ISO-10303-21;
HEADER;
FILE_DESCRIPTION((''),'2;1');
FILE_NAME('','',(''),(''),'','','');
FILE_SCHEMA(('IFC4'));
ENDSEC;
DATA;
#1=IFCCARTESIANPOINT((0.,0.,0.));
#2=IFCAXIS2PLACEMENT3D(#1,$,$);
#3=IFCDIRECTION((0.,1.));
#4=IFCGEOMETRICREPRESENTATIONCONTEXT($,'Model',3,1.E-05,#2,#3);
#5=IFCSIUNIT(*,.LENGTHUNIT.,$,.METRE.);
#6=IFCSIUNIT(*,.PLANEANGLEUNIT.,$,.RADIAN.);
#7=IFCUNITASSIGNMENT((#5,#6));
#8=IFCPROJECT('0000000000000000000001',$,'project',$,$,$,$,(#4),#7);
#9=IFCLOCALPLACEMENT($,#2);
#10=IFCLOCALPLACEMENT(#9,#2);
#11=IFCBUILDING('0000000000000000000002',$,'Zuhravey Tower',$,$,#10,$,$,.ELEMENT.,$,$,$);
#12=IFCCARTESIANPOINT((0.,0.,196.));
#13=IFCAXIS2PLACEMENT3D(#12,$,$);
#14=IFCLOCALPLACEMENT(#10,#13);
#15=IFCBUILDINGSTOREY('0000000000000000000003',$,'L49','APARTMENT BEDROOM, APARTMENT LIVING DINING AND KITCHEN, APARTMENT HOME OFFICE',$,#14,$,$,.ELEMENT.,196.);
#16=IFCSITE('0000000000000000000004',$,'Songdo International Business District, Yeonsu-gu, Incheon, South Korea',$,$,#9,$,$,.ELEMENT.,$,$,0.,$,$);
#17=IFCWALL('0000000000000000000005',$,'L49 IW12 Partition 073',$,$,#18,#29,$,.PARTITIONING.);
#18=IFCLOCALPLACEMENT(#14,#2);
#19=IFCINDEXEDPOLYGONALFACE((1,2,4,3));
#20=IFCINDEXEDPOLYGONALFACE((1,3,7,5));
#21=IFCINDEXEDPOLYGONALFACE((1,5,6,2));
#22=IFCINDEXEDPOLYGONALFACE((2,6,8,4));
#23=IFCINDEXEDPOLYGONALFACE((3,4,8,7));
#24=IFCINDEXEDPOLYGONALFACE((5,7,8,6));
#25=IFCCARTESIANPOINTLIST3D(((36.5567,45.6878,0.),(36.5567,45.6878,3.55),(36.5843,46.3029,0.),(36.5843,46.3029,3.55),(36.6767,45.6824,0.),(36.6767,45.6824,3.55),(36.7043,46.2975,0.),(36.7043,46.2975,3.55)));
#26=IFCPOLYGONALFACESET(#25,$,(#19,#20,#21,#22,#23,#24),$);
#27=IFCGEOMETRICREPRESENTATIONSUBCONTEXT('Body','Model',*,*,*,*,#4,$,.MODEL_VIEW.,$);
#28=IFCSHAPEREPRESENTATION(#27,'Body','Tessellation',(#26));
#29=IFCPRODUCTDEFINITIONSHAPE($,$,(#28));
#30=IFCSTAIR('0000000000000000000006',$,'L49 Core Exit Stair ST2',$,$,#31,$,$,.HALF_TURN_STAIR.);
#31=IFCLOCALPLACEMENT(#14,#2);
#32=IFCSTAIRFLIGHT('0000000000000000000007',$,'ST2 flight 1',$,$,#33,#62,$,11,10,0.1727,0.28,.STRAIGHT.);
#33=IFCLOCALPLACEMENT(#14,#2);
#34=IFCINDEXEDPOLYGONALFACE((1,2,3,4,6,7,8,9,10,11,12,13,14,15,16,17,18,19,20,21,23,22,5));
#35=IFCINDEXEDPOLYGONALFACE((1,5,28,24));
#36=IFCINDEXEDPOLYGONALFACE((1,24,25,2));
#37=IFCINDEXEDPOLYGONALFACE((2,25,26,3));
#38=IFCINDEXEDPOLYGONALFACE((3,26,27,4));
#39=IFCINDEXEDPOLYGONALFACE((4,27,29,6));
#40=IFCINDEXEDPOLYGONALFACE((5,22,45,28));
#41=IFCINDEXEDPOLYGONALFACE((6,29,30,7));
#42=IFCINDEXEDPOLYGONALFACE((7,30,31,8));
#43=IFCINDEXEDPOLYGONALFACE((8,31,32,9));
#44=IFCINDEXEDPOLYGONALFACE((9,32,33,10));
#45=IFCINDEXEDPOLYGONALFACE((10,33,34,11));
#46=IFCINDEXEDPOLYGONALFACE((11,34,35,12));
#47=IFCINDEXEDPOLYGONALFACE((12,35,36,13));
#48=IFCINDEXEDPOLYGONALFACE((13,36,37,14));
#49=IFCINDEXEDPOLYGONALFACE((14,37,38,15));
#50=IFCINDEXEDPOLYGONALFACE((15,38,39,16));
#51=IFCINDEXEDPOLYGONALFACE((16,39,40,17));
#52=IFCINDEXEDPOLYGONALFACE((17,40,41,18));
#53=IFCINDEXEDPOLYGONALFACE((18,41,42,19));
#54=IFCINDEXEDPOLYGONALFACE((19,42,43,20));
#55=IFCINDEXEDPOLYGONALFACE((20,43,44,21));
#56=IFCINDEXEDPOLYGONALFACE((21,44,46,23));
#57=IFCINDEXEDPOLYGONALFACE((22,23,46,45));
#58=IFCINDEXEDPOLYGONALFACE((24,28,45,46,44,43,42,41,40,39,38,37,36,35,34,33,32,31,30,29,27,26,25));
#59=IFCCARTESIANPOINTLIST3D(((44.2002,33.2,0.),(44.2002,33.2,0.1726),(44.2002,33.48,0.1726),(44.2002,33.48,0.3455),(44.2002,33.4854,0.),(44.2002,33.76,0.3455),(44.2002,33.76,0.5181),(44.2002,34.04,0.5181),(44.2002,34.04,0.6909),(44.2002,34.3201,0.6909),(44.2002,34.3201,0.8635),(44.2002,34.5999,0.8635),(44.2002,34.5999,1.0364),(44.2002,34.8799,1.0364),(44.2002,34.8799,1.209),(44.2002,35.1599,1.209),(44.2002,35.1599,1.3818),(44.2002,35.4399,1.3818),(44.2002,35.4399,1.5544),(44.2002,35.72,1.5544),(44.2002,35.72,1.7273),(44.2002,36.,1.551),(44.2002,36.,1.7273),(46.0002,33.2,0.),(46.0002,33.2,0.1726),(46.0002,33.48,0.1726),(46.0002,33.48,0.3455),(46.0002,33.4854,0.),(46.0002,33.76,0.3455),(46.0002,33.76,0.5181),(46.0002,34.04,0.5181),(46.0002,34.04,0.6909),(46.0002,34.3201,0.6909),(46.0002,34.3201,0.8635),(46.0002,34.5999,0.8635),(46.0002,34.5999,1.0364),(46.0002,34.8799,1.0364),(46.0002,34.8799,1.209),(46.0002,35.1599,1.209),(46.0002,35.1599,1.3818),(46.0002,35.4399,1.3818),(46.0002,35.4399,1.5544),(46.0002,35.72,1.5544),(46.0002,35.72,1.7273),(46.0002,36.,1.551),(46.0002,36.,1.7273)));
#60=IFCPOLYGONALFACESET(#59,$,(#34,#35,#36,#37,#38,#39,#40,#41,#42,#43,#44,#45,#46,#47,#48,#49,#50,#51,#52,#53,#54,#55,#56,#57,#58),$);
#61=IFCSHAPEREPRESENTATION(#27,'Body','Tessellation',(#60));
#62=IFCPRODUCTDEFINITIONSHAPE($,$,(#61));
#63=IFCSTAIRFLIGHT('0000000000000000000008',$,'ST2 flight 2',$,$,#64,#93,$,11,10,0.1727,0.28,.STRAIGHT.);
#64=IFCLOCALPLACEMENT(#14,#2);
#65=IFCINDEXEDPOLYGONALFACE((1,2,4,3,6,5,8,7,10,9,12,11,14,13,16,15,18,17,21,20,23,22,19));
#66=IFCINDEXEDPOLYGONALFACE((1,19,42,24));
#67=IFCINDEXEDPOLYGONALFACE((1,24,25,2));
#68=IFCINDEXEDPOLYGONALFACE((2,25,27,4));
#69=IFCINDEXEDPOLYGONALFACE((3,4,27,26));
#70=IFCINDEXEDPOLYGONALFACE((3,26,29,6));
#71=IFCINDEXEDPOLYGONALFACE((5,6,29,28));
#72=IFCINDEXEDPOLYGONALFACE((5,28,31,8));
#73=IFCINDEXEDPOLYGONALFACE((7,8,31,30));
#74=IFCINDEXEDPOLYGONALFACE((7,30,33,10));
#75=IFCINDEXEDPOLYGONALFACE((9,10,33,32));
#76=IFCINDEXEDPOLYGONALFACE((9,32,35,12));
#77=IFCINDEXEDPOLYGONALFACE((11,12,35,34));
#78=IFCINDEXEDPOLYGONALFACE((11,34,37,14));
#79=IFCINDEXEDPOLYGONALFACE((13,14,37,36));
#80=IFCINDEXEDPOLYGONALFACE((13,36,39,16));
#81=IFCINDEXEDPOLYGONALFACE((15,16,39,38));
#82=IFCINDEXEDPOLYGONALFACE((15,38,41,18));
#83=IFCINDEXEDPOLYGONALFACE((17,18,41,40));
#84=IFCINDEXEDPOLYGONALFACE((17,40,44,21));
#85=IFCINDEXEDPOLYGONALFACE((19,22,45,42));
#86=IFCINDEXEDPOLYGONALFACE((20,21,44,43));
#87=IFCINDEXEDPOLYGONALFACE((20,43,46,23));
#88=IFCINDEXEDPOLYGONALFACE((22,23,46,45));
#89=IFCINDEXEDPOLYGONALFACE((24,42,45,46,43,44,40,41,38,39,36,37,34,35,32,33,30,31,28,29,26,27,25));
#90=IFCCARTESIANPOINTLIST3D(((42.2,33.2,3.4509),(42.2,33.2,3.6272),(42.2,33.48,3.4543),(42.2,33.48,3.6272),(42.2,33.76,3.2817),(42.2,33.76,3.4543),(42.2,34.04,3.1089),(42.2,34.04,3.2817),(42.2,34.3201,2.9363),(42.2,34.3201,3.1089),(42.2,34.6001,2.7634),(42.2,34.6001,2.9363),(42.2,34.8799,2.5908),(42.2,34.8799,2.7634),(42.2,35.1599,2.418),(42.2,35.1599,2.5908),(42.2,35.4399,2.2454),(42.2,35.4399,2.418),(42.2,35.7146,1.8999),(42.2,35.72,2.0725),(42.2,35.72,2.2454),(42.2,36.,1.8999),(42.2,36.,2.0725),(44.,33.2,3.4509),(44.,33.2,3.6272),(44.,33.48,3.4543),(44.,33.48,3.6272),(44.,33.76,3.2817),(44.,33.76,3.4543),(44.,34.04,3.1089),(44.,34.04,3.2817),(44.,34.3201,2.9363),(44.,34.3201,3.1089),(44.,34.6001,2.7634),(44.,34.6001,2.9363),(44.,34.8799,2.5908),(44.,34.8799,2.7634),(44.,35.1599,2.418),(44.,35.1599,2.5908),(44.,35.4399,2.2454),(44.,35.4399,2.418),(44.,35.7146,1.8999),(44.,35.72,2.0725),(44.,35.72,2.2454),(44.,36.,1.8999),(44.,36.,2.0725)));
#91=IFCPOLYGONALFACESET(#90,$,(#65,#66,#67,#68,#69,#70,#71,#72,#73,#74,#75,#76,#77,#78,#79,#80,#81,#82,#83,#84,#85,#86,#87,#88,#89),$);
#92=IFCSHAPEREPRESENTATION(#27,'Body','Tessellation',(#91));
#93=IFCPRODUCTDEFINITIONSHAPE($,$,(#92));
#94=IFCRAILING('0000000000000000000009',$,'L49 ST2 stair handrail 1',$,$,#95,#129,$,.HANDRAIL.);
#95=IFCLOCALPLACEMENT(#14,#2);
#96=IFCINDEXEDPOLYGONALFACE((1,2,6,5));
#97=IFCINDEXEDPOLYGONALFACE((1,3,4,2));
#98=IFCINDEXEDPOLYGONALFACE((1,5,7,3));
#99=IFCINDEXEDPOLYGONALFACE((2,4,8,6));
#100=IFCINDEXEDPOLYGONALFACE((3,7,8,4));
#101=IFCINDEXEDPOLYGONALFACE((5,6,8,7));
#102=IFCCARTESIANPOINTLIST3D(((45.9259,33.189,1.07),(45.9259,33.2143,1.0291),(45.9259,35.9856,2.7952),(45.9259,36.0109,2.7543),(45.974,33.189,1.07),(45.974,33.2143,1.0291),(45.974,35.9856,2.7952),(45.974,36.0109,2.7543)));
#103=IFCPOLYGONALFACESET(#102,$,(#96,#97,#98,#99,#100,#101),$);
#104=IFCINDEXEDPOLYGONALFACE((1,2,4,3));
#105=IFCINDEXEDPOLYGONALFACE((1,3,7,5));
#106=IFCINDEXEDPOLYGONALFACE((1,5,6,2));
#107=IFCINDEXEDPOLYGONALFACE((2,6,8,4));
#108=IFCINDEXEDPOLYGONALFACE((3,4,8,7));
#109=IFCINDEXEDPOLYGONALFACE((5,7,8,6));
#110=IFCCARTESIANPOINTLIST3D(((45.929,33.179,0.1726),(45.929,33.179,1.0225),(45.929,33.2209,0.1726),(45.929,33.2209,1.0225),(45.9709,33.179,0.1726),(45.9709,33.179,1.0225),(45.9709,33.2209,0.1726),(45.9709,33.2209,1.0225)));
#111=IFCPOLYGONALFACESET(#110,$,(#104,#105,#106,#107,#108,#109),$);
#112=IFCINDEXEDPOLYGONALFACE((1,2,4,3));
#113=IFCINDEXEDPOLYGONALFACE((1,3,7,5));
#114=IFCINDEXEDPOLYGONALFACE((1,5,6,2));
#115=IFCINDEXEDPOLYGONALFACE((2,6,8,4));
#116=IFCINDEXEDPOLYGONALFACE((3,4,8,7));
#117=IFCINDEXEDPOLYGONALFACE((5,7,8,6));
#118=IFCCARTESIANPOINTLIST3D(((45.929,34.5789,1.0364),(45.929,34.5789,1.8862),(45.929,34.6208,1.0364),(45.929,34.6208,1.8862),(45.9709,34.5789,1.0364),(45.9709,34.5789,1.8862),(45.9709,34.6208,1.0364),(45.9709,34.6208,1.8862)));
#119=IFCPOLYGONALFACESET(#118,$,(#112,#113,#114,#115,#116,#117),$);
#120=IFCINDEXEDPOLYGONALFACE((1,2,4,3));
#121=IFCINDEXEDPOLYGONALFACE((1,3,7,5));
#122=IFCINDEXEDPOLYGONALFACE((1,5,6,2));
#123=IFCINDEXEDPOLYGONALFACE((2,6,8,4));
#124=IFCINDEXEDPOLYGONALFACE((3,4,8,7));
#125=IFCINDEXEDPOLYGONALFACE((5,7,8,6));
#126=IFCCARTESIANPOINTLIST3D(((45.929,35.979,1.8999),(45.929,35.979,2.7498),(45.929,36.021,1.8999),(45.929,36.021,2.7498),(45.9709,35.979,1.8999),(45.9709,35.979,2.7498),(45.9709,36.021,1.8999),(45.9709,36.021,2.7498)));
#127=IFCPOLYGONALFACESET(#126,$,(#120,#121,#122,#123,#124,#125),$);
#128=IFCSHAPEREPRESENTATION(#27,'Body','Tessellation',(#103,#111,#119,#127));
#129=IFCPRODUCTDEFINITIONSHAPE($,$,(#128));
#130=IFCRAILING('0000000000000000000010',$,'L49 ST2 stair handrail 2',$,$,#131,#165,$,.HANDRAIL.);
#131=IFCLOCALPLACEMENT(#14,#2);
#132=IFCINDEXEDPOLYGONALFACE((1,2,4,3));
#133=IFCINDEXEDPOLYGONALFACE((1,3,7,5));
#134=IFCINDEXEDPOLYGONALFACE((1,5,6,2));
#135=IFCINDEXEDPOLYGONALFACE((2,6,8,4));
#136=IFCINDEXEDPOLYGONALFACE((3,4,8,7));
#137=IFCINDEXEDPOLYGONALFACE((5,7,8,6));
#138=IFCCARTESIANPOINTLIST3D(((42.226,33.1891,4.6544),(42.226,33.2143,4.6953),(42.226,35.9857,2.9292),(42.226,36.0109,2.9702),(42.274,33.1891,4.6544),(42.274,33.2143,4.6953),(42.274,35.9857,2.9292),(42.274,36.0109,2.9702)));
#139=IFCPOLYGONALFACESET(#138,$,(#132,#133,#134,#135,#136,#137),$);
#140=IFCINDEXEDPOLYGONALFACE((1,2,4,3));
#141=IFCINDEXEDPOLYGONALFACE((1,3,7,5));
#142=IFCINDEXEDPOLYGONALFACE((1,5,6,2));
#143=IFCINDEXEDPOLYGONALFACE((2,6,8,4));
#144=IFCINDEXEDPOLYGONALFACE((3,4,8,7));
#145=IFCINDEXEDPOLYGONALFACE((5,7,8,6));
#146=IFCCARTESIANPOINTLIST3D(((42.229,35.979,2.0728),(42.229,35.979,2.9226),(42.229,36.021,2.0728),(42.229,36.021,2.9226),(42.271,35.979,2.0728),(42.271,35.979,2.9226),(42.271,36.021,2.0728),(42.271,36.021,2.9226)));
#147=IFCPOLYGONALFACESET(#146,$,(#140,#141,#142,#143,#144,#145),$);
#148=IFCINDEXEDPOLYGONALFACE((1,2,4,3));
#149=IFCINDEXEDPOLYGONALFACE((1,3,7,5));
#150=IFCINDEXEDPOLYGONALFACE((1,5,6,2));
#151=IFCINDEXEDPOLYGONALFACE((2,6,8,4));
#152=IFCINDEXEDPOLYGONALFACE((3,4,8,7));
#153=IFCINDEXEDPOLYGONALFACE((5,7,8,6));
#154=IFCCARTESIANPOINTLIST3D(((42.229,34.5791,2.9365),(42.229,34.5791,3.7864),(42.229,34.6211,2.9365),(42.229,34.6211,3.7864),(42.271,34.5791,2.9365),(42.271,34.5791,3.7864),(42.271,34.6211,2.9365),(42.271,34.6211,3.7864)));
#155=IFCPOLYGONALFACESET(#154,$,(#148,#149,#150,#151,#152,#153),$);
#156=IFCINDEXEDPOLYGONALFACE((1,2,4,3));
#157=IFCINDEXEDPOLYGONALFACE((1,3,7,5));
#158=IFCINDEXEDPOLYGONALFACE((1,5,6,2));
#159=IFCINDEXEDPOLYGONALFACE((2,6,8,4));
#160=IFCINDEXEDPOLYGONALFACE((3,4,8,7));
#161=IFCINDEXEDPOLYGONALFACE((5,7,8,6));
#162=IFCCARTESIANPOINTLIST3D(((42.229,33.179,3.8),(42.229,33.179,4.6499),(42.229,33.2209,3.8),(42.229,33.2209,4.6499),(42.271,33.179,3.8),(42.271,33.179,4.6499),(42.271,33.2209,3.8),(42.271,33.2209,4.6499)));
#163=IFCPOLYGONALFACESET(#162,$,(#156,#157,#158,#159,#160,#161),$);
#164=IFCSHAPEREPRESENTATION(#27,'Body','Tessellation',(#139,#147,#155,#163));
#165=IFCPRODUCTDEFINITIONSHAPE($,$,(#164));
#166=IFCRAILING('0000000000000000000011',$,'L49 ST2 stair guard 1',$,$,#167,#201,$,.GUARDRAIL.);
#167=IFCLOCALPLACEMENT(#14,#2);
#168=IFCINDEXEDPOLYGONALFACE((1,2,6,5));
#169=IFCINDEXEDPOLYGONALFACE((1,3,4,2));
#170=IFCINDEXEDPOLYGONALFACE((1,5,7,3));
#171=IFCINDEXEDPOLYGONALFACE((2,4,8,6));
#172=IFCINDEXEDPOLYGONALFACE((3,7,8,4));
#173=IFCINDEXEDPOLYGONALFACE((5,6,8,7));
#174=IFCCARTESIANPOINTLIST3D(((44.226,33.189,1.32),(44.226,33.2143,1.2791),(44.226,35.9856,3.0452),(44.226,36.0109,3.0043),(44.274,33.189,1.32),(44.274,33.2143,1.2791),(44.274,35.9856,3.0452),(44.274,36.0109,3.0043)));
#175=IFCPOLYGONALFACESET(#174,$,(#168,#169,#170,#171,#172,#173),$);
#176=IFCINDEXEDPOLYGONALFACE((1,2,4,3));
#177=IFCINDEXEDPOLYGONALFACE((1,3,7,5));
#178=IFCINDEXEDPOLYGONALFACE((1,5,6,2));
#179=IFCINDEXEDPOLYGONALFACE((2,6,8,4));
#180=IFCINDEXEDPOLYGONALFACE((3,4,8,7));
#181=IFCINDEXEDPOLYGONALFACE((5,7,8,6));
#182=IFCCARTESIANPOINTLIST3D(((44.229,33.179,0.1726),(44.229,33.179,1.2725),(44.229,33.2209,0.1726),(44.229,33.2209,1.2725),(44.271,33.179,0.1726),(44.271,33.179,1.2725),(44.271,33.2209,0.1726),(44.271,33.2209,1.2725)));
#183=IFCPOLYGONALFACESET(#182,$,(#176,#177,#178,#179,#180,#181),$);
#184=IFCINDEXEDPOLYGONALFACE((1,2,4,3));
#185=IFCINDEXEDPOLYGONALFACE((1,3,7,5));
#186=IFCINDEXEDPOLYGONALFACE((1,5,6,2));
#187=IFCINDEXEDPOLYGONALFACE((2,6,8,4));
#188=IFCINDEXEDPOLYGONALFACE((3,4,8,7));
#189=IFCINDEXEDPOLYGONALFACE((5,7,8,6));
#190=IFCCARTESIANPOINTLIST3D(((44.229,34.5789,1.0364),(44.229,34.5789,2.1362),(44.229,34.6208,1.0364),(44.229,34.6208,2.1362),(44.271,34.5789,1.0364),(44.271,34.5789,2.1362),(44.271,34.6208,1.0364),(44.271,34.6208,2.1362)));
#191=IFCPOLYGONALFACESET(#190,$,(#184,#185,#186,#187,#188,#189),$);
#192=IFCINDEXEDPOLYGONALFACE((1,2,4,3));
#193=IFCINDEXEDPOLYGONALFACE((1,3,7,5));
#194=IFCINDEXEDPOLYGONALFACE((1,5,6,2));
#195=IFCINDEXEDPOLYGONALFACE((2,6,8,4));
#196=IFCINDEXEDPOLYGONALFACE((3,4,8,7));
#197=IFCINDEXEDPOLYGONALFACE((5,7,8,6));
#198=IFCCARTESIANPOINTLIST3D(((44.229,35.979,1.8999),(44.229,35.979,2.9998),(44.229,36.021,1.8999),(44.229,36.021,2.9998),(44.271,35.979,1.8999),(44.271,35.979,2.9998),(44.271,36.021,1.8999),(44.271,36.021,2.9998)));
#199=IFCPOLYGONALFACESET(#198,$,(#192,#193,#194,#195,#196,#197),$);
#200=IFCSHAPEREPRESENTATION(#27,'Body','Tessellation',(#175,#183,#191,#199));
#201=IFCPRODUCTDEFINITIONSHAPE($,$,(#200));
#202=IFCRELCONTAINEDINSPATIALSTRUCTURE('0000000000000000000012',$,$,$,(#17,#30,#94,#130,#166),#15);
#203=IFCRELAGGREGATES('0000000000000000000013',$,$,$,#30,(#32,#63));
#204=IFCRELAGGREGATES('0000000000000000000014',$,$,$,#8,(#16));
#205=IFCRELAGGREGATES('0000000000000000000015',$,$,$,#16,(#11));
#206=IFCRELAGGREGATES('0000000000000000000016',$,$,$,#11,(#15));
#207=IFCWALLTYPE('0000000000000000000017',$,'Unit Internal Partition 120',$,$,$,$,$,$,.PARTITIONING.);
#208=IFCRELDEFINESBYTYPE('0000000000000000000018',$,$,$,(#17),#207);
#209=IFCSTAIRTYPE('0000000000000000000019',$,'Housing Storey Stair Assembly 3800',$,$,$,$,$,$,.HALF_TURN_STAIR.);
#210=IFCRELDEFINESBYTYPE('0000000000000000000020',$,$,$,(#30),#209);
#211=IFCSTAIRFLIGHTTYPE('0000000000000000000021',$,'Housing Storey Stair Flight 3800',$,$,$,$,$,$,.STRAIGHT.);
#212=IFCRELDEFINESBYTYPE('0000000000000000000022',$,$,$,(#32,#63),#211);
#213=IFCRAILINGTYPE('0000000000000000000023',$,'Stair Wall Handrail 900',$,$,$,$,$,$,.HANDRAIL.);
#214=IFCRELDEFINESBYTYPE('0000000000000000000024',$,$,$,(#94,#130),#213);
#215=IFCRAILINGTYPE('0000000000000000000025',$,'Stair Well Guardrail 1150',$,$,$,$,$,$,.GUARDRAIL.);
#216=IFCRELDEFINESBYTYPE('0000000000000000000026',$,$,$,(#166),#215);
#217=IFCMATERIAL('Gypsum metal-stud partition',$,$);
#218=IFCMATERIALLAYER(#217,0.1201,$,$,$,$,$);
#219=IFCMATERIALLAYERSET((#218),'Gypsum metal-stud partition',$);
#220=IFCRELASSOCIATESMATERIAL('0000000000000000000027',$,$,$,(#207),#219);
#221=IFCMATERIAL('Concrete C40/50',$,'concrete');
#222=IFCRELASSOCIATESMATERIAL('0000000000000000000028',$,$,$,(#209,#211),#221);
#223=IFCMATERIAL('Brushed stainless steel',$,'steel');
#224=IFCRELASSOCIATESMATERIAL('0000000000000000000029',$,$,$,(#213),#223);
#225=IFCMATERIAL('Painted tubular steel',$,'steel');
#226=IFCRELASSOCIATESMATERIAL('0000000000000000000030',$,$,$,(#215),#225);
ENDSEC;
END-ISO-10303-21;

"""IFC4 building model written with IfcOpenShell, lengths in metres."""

from ifc_helpers import new_model, si_unit, direction, frame, frame_2d, origin, origin_2d, place, context, subcontext, project, spatial, polyline, rectangle, outline, extrude, material, layer, layer_set, type_object, element, aggregate, save


model = new_model("IFC4")

# Units and contexts
model_context = context("Model", 3, precision=1e-05, world=origin(), true_north=direction((0.0, 1.0)))
body_context = subcontext(model_context, "Body", "Model", "MODEL_VIEW")
ifc_project = project(units=[si_unit("LENGTHUNIT", "METRE"), si_unit("PLANEANGLEUNIT", "RADIAN")], contexts=[model_context])

# Site, building, storey
site_placement = place(None, origin())
site = spatial("IfcSite", under=ifc_project, at=site_placement, Name="Songdo International Business District, Yeonsu-gu, Incheon, South Korea", CompositionType="ELEMENT", RefElevation=0.0)
building_placement = place(site_placement, origin())
building = spatial("IfcBuilding", under=site, at=building_placement, Name="Zuhravey Tower", CompositionType="ELEMENT")
storey_placement = place(building_placement, frame((0.0, 0.0, 196.0)))
storey = spatial("IfcBuildingStorey", under=building, at=storey_placement, Name="L49", Description="APARTMENT BEDROOM, APARTMENT LIVING DINING AND KITCHEN, APARTMENT HOME OFFICE", CompositionType="ELEMENT", Elevation=196.0)

# Wall
ifc_material_1 = material(Name="Gypsum metal-stud partition")
ifc_layer_1 = layer(ifc_material_1, 0.1201)
ifc_layer_set_1 = layer_set([ifc_layer_1], Name="Gypsum metal-stud partition")
wall_type_1 = type_object("IfcWallType", Name="Unit Internal Partition 120", PredefinedType="PARTITIONING", material=ifc_layer_set_1)
wall_1_placement = place(storey_placement, frame((36.6167, 45.6851, 0.0), z_axis=(0.0, 0.0, 1.0), x_axis=(0.044814, 0.998995, 0.0)))
element("IfcWall", 1, at=wall_1_placement, inside=storey, type_object=wall_type_1, Name="L49 IW12 Partition 073", PredefinedType="PARTITIONING", context=body_context, shape_type="SweptSolid", body=[
    extrude(rectangle(XDim=0.6157, YDim=0.1201, at=frame_2d((0.3079, 0.0))), origin(), (0.0, 0.0, 1.0), 3.55),
])

# Stair, stair flights
ifc_material_2 = material(Name="Concrete C40/50", Category="concrete")
stair_type = type_object("IfcStairType", Name="Housing Storey Stair Assembly 3800", PredefinedType="HALF_TURN_STAIR", material=ifc_material_2)
stair_placement = place(storey_placement, origin())
stair = element("IfcStair", 2, at=stair_placement, inside=storey, type_object=stair_type, Name="L49 Core Exit Stair ST2", PredefinedType="HALF_TURN_STAIR")
stair_flight_type = type_object("IfcStairFlightType", Name="Housing Storey Stair Flight 3800", PredefinedType="STRAIGHT", material=ifc_material_2)
stair_flight_1_placement = place(storey_placement, frame((45.1001, 33.2, 0.0), z_axis=(0.0, 0.0, 1.0), x_axis=(0.0, 1.0, 0.0)))
stair_flight_1 = element("IfcStairFlight", 3, at=stair_flight_1_placement, type_object=stair_flight_type, Name="ST2 flight 1", NumberOfRisers=11, NumberOfTreads=10, PredefinedType="STRAIGHT", RiserHeight=0.1727, TreadLength=0.28, context=body_context, shape_type="SweptSolid", body=[
    extrude(outline(polyline([(0.0, 0.0), (0.0, 0.1726), (0.28, 0.1726), (0.28, 0.3455), (0.5601, 0.3455), (0.5601, 0.5181), (0.8401, 0.5181), (0.8401, 0.6909), (1.1201, 0.6909), (1.1201, 0.8635), (1.3999, 0.8635), (1.3999, 1.0364), (1.6799, 1.0364), (1.6799, 1.209), (1.96, 1.209), (1.96, 1.3818), (2.24, 1.3818), (2.24, 1.5544), (2.52, 1.5544), (2.52, 1.7273), (2.8, 1.7273), (2.8, 1.8999), (2.8, 1.551), (0.2854, 0.0), (0.0, 0.0)])), frame((0.0, 0.8999, 0.0), z_axis=(0.0, -1.0, 0.0), x_axis=(1.0, 0.0, 0.0)), (0.0, 0.0, 1.0), 1.8),
])
stair_flight_2_placement = place(storey_placement, frame((43.1001, 36.0, 1.8999), z_axis=(0.0, 0.0, 1.0), x_axis=(0.0, -1.0, 0.0)))
stair_flight_2 = element("IfcStairFlight", 4, at=stair_flight_2_placement, type_object=stair_flight_type, Name="ST2 flight 2", NumberOfRisers=11, NumberOfTreads=10, PredefinedType="STRAIGHT", RiserHeight=0.1727, TreadLength=0.28, context=body_context, shape_type="SweptSolid", body=[
    extrude(outline(polyline([(0.0, 0.0), (0.0, 0.1726), (0.28, 0.1726), (0.28, 0.3455), (0.5601, 0.3455), (0.5601, 0.5181), (0.8401, 0.5181), (0.8401, 0.6909), (1.1201, 0.6909), (1.1201, 0.8635), (1.3999, 0.8635), (1.3999, 1.0364), (1.6799, 1.0364), (1.6799, 1.209), (1.96, 1.209), (1.96, 1.3818), (2.24, 1.3818), (2.24, 1.5544), (2.52, 1.5544), (2.52, 1.7273), (2.8, 1.7273), (2.8, 1.8999), (2.8, 1.551), (0.2854, 0.0), (0.0, 0.0)])), frame((0.0, 0.8999, 0.0), z_axis=(0.0, -1.0, 0.0), x_axis=(1.0, 0.0, 0.0)), (0.0, 0.0, 1.0), 1.8),
])
aggregate(stair, [stair_flight_1, stair_flight_2])

# Railings
ifc_material_3 = material(Name="Brushed stainless steel", Category="steel")
railing_type_1 = type_object("IfcRailingType", Name="Stair Wall Handrail 900", PredefinedType="HANDRAIL", material=ifc_material_3)
railing_1_placement = place(storey_placement, frame((45.95, 33.2, 0.1726)))
element("IfcRailing", 5, at=railing_1_placement, inside=storey, type_object=railing_type_1, Name="L49 ST2 stair handrail 1", PredefinedType="HANDRAIL", context=body_context, shape_type="SweptSolid", body=[
    extrude(rectangle(XDim=0.0481, YDim=0.0481, at=origin_2d()), frame((0.0, 0.0017, 0.877), z_axis=(0.0, 0.85109, 0.52502), x_axis=(-1.0, 0.0, 0.0)), (0.0, 0.0, 1.0), 3.2859),
    extrude(rectangle(XDim=0.042, YDim=0.042, at=origin_2d()), origin(), (0.0, 0.0, 1.0), 0.8499),
    extrude(rectangle(XDim=0.042, YDim=0.042, at=origin_2d()), frame((0.0, 1.3999, 0.8638)), (0.0, 0.0, 1.0), 0.8499),
    extrude(rectangle(XDim=0.042, YDim=0.042, at=origin_2d()), frame((0.0, 2.8, 1.7273)), (0.0, 0.0, 1.0), 0.8499),
])
railing_2_placement = place(storey_placement, frame((42.25, 36.0, 2.0728)))
element("IfcRailing", 6, at=railing_2_placement, inside=storey, type_object=railing_type_1, Name="L49 ST2 stair handrail 2", PredefinedType="HANDRAIL", context=body_context, shape_type="SweptSolid", body=[
    extrude(rectangle(XDim=0.0481, YDim=0.0481, at=origin_2d()), frame((0.0, -0.0017, 0.877), z_axis=(0.0, -0.85109, 0.52502), x_axis=(1.0, 0.0, 0.0)), (0.0, 0.0, 1.0), 3.2859),
    extrude(rectangle(XDim=0.042, YDim=0.042, at=origin_2d()), origin(), (0.0, 0.0, 1.0), 0.8499),
    extrude(rectangle(XDim=0.042, YDim=0.042, at=origin_2d()), frame((0.0, -1.3999, 0.8638)), (0.0, 0.0, 1.0), 0.8499),
    extrude(rectangle(XDim=0.042, YDim=0.042, at=origin_2d()), frame((0.0, -2.8, 1.7273)), (0.0, 0.0, 1.0), 0.8499),
])
ifc_material_4 = material(Name="Painted tubular steel", Category="steel")
railing_type_2 = type_object("IfcRailingType", Name="Stair Well Guardrail 1150", PredefinedType="GUARDRAIL", material=ifc_material_4)
railing_3_placement = place(storey_placement, frame((44.25, 33.2, 0.1726)))
element("IfcRailing", 7, at=railing_3_placement, inside=storey, type_object=railing_type_2, Name="L49 ST2 stair guard 1", PredefinedType="GUARDRAIL", context=body_context, shape_type="SweptSolid", body=[
    extrude(rectangle(XDim=0.0481, YDim=0.0481, at=origin_2d()), frame((0.0, 0.0017, 1.127), z_axis=(0.0, 0.85109, 0.52502), x_axis=(-1.0, 0.0, 0.0)), (0.0, 0.0, 1.0), 3.2859),
    extrude(rectangle(XDim=0.042, YDim=0.042, at=origin_2d()), origin(), (0.0, 0.0, 1.0), 1.0999),
    extrude(rectangle(XDim=0.042, YDim=0.042, at=origin_2d()), frame((0.0, 1.3999, 0.8638)), (0.0, 0.0, 1.0), 1.0999),
    extrude(rectangle(XDim=0.042, YDim=0.042, at=origin_2d()), frame((0.0, 2.8, 1.7273)), (0.0, 0.0, 1.0), 1.0999),
])

save(model, "model.ifc")
